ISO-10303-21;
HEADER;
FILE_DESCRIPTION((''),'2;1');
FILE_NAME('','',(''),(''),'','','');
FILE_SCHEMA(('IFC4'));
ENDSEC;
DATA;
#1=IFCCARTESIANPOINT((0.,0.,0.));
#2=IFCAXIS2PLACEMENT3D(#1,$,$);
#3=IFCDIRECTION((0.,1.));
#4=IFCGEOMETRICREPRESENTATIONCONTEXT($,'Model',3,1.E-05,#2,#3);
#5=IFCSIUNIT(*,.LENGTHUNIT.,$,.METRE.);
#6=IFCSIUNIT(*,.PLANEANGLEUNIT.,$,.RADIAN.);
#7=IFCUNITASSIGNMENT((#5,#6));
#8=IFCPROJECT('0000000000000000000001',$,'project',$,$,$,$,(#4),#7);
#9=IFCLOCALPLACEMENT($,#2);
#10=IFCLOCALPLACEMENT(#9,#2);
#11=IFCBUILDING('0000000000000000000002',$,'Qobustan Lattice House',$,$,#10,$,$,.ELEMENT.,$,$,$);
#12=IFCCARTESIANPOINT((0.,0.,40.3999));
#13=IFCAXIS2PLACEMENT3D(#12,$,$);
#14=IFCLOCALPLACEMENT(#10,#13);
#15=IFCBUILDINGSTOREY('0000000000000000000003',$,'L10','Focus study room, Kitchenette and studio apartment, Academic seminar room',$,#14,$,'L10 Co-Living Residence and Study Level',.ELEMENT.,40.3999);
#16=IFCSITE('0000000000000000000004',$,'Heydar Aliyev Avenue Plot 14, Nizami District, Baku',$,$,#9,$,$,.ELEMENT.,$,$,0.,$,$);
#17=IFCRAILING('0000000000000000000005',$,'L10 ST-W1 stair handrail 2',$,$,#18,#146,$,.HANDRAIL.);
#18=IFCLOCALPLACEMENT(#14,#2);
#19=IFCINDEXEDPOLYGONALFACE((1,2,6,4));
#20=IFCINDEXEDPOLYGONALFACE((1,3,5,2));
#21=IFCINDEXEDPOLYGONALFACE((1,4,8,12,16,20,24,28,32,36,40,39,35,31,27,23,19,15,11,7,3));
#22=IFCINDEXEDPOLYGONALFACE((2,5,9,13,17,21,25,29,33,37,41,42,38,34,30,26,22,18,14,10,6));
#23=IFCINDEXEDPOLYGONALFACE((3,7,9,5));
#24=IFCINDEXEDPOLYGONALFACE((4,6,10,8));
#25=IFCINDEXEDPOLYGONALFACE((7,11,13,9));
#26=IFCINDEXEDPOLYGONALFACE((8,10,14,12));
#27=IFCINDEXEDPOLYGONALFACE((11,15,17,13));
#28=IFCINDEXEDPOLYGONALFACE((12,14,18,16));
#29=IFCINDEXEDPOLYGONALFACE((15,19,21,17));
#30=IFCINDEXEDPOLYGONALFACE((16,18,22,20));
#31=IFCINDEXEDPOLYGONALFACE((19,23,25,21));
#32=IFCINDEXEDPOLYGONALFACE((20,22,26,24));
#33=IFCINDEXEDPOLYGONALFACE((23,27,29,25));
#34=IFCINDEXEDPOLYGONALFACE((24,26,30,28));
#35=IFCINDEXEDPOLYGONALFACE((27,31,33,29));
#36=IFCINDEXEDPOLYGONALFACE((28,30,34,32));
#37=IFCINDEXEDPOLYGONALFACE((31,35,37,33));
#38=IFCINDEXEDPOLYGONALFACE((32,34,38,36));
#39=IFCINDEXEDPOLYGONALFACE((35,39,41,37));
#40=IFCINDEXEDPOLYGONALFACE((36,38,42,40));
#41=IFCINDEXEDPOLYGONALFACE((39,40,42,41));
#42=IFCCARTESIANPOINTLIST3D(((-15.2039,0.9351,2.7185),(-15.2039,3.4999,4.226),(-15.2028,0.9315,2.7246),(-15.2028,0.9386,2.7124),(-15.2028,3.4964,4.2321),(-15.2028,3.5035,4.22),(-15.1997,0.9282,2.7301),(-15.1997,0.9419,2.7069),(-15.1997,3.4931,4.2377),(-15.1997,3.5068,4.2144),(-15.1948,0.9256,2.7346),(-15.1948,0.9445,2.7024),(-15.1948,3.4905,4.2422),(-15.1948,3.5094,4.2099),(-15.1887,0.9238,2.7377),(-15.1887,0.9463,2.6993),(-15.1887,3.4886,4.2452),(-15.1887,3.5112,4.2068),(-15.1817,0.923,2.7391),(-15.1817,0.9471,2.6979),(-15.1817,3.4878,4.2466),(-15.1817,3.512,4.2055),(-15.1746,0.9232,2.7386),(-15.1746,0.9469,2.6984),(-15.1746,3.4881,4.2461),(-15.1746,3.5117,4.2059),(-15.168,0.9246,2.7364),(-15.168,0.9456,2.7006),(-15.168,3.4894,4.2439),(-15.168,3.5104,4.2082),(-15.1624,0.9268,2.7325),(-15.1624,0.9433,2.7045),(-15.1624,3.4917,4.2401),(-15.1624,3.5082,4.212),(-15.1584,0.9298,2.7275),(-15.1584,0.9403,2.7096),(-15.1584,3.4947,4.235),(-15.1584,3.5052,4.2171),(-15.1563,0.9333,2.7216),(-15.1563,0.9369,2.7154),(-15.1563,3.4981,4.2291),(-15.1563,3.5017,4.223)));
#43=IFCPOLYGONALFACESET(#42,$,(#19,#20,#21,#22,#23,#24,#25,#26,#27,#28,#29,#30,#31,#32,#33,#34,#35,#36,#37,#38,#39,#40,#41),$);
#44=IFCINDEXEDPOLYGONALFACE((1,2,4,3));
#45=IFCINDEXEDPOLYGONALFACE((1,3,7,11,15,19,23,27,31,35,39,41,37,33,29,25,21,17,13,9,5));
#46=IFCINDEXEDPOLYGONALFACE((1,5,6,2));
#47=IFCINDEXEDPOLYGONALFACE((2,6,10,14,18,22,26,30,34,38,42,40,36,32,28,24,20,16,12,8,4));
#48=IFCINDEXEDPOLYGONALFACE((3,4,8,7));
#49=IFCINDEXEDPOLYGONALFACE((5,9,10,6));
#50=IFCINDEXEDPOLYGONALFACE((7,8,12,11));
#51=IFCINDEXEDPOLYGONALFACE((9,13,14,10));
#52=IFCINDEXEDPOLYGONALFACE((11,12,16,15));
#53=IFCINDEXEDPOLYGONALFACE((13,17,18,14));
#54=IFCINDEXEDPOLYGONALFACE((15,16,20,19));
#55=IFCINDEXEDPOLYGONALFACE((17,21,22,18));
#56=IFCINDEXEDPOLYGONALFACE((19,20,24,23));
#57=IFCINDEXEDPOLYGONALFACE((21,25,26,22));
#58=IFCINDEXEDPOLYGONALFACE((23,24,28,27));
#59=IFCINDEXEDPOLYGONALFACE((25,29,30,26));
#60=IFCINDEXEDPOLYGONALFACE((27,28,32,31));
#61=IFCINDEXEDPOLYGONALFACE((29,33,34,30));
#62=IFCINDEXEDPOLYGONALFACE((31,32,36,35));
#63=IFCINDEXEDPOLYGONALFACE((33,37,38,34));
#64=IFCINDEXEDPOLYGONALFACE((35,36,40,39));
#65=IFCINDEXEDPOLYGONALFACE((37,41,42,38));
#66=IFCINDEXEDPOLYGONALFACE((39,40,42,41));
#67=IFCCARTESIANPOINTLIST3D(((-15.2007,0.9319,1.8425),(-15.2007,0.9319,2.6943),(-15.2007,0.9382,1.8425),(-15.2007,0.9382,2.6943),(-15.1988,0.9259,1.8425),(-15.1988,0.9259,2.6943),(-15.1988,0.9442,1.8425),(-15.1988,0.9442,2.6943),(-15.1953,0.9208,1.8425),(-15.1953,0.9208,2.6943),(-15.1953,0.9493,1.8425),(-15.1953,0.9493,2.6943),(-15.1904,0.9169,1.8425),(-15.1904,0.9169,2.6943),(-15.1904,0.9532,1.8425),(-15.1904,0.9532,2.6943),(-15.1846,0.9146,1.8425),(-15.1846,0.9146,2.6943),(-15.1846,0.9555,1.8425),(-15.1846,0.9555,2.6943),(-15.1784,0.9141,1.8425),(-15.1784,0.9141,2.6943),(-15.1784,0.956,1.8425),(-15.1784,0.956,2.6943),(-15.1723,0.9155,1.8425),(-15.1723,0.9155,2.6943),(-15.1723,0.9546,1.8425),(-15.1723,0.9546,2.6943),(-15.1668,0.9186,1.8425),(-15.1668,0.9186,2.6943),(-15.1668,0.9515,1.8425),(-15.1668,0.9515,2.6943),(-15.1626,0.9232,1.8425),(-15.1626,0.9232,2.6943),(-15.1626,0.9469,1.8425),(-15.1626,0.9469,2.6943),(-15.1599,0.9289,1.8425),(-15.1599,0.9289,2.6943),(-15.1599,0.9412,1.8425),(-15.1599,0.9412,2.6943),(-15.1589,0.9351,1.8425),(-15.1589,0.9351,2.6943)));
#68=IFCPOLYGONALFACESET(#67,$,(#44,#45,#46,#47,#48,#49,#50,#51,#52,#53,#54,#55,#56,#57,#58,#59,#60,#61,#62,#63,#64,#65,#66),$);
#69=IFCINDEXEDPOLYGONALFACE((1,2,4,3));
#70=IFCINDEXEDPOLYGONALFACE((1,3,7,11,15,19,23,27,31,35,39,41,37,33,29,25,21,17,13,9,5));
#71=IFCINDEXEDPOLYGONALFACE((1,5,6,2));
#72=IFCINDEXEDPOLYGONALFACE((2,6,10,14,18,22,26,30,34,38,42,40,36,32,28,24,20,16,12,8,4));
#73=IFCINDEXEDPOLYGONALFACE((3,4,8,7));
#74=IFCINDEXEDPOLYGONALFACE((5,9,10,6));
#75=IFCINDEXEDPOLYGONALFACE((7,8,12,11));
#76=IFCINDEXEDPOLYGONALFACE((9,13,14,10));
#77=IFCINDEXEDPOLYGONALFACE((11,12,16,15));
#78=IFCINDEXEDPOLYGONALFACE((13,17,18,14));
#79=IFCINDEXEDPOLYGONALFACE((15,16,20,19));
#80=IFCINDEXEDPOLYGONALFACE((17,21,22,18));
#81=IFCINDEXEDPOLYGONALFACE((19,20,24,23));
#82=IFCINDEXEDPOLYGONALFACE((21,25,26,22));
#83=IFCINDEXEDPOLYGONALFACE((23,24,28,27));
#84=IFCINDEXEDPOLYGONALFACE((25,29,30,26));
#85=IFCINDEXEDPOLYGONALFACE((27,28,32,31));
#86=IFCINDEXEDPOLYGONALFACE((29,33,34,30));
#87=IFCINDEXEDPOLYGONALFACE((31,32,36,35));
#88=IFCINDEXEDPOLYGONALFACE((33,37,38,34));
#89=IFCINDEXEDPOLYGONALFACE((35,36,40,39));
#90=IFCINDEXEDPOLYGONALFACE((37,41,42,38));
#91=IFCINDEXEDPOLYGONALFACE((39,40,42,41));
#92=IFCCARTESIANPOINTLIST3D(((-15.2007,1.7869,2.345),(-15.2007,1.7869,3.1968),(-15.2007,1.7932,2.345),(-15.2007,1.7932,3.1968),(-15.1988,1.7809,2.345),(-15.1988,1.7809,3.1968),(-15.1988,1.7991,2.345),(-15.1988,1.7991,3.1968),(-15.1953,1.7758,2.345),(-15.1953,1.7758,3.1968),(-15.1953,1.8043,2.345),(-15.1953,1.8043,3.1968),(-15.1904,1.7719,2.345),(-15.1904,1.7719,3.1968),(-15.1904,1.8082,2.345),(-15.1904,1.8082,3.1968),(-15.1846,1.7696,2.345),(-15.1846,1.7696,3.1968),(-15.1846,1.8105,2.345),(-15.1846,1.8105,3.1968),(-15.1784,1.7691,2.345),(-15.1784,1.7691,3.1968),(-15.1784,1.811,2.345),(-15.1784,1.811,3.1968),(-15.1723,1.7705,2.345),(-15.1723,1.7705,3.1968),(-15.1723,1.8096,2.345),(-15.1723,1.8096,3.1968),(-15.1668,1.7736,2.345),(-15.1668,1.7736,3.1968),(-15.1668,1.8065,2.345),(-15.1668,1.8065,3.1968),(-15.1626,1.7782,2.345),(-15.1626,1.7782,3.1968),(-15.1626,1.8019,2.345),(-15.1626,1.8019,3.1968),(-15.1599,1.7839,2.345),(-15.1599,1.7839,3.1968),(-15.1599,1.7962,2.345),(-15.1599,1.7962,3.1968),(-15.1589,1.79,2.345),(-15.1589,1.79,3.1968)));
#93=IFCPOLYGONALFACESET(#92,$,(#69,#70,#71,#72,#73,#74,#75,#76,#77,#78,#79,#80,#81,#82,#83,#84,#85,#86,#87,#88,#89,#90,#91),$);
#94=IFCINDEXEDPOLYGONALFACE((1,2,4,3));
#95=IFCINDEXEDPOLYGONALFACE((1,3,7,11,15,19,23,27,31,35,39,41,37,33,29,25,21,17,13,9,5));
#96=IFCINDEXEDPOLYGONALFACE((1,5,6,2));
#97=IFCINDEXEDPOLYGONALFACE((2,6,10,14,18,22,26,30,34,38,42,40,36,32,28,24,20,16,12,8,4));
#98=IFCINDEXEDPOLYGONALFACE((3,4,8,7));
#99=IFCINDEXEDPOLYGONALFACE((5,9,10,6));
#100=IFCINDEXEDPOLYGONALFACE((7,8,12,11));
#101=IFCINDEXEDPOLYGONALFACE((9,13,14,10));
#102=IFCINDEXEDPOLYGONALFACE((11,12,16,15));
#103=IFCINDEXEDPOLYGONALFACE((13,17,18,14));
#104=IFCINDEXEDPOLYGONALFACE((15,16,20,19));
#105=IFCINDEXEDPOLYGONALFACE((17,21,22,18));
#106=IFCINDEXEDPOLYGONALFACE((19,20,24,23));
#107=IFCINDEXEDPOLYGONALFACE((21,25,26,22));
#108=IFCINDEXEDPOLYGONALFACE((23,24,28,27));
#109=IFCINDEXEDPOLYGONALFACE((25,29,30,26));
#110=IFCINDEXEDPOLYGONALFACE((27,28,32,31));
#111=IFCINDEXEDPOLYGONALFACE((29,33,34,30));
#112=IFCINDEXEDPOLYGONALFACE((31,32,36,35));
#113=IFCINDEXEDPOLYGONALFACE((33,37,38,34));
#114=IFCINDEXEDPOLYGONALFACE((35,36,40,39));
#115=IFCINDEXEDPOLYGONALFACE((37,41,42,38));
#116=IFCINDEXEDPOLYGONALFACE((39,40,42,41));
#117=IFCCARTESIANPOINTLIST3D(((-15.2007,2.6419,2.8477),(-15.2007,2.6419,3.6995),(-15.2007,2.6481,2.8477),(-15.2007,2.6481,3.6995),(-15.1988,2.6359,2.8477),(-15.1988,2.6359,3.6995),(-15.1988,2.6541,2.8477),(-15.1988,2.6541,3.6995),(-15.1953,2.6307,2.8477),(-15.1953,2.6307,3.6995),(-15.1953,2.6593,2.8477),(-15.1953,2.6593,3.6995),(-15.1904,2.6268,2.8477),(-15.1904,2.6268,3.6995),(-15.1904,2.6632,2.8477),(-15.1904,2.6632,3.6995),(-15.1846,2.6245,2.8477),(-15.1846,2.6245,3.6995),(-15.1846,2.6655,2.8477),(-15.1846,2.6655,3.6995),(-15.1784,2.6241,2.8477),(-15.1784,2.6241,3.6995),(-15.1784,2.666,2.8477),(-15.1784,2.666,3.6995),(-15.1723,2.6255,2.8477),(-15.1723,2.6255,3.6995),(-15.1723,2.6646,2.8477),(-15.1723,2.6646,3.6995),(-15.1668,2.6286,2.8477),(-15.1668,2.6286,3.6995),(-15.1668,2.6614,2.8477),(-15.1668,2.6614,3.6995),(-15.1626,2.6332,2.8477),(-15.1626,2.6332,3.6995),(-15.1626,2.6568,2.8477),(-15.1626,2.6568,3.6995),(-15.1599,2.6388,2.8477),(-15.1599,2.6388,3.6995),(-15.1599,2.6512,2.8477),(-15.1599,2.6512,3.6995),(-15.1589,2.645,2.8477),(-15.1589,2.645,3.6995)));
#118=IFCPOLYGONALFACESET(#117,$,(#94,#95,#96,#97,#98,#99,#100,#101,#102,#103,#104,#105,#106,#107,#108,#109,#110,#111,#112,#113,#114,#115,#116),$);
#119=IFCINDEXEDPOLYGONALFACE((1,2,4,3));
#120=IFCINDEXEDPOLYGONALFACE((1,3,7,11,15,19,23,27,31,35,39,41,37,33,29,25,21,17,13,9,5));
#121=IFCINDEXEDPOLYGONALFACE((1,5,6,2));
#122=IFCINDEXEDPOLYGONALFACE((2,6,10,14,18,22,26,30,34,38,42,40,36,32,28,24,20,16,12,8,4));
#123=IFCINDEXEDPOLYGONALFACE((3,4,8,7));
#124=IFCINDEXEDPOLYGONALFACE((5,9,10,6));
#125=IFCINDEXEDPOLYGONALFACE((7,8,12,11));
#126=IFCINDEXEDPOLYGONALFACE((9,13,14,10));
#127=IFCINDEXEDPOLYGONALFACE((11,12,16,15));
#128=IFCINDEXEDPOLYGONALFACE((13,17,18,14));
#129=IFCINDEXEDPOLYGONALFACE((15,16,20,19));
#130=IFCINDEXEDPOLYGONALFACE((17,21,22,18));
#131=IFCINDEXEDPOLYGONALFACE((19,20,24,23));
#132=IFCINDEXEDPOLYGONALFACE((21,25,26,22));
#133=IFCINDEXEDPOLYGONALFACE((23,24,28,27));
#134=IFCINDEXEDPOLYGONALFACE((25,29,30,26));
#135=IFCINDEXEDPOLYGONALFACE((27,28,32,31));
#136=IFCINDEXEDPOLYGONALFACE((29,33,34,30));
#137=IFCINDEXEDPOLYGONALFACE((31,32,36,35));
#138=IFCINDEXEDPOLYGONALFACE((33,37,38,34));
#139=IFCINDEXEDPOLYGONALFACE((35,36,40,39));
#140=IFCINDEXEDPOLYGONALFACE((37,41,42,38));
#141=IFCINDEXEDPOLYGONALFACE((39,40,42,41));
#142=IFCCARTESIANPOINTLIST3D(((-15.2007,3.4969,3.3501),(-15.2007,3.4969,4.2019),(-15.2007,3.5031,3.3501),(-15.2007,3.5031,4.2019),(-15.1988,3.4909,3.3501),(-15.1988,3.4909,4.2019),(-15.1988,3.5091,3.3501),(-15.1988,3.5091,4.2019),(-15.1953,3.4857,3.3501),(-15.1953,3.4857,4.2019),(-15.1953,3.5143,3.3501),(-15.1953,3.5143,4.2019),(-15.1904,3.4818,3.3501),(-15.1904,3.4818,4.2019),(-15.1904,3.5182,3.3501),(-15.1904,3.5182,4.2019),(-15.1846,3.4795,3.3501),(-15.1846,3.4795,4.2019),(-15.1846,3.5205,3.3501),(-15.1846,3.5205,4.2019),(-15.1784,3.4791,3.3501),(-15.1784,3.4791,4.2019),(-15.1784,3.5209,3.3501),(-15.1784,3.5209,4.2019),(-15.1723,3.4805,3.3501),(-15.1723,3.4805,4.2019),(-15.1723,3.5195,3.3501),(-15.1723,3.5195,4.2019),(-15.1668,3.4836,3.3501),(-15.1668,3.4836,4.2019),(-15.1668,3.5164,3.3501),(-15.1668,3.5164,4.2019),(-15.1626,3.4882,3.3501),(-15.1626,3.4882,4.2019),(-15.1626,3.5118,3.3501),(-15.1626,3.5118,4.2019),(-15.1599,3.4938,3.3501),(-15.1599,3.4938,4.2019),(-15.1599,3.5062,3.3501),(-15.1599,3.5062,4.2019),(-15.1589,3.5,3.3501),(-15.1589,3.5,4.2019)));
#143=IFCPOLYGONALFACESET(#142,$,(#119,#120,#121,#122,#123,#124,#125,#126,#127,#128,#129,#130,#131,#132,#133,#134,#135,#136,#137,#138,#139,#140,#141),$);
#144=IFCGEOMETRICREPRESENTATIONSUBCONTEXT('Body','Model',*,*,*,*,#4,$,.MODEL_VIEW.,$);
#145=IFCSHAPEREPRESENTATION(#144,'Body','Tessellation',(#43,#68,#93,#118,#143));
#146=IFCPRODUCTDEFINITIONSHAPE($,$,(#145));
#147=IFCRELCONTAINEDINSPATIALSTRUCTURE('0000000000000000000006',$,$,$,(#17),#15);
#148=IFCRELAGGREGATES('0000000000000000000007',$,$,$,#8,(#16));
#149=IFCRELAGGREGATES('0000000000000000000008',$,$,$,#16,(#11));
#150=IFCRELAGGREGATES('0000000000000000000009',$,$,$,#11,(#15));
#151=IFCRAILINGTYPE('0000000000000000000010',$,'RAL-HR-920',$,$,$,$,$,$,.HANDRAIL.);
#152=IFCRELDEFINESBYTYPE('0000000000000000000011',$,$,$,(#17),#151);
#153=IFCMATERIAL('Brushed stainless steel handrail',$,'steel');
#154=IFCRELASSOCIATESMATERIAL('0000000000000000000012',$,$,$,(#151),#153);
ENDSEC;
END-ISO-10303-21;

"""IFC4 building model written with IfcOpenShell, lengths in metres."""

from ifc_helpers import new_model, si_unit, direction, frame, origin, origin_2d, place, context, subcontext, project, spatial, circle, extrude, material, type_object, element, save


model = new_model("IFC4")

# Units and contexts
model_context = context("Model", 3, precision=1e-05, world=origin(), true_north=direction((0.0, 1.0)))
body_context = subcontext(model_context, "Body", "Model", "MODEL_VIEW")
ifc_project = project(units=[si_unit("LENGTHUNIT", "METRE"), si_unit("PLANEANGLEUNIT", "RADIAN")], contexts=[model_context])

# Site, building, storey
site_placement = place(None, origin())
site = spatial("IfcSite", under=ifc_project, at=site_placement, Name="Heydar Aliyev Avenue Plot 14, Nizami District, Baku", CompositionType="ELEMENT", RefElevation=0.0)
building_placement = place(site_placement, origin())
building = spatial("IfcBuilding", under=site, at=building_placement, Name="Qobustan Lattice House", CompositionType="ELEMENT")
storey_placement = place(building_placement, frame((0.0, 0.0, 40.3999)))
storey = spatial("IfcBuildingStorey", under=building, at=storey_placement, Name="L10", Description="Focus study room, Kitchenette and studio apartment, Academic seminar room", LongName="L10 Co-Living Residence and Study Level", CompositionType="ELEMENT", Elevation=40.3999)

# Railing
ifc_material_1 = material(Name="Brushed stainless steel handrail", Category="steel")
railing_type_1 = type_object("IfcRailingType", Name="RAL-HR-920", PredefinedType="HANDRAIL", material=ifc_material_1)
railing_1_placement = place(storey_placement, frame((-15.1799, 0.9351, 1.8425)))
element("IfcRailing", 1, at=railing_1_placement, inside=storey, type_object=railing_type_1, Name="L10 ST-W1 stair handrail 2", PredefinedType="HANDRAIL", context=body_context, shape_type="SweptSolid", body=[
    extrude(circle(Radius=0.0239, at=origin_2d()), frame((0.0, 0.0, 0.876), z_axis=(0.0, 0.862113, 0.506715), x_axis=(-1.0, 0.0, 0.0)), (0.0, 0.0, 1.0), 2.9751),
    extrude(circle(Radius=0.021, at=origin_2d()), origin(), (0.0, 0.0, 1.0), 0.8518),
    extrude(circle(Radius=0.021, at=origin_2d()), frame((0.0, 0.855, 0.5024)), (0.0, 0.0, 1.0), 0.8518),
    extrude(circle(Radius=0.021, at=origin_2d()), frame((0.0, 1.71, 1.0051)), (0.0, 0.0, 1.0), 0.8518),
    extrude(circle(Radius=0.021, at=origin_2d()), frame((0.0, 2.5649, 1.5076)), (0.0, 0.0, 1.0), 0.8518),
])

save(model, "model.ifc")
